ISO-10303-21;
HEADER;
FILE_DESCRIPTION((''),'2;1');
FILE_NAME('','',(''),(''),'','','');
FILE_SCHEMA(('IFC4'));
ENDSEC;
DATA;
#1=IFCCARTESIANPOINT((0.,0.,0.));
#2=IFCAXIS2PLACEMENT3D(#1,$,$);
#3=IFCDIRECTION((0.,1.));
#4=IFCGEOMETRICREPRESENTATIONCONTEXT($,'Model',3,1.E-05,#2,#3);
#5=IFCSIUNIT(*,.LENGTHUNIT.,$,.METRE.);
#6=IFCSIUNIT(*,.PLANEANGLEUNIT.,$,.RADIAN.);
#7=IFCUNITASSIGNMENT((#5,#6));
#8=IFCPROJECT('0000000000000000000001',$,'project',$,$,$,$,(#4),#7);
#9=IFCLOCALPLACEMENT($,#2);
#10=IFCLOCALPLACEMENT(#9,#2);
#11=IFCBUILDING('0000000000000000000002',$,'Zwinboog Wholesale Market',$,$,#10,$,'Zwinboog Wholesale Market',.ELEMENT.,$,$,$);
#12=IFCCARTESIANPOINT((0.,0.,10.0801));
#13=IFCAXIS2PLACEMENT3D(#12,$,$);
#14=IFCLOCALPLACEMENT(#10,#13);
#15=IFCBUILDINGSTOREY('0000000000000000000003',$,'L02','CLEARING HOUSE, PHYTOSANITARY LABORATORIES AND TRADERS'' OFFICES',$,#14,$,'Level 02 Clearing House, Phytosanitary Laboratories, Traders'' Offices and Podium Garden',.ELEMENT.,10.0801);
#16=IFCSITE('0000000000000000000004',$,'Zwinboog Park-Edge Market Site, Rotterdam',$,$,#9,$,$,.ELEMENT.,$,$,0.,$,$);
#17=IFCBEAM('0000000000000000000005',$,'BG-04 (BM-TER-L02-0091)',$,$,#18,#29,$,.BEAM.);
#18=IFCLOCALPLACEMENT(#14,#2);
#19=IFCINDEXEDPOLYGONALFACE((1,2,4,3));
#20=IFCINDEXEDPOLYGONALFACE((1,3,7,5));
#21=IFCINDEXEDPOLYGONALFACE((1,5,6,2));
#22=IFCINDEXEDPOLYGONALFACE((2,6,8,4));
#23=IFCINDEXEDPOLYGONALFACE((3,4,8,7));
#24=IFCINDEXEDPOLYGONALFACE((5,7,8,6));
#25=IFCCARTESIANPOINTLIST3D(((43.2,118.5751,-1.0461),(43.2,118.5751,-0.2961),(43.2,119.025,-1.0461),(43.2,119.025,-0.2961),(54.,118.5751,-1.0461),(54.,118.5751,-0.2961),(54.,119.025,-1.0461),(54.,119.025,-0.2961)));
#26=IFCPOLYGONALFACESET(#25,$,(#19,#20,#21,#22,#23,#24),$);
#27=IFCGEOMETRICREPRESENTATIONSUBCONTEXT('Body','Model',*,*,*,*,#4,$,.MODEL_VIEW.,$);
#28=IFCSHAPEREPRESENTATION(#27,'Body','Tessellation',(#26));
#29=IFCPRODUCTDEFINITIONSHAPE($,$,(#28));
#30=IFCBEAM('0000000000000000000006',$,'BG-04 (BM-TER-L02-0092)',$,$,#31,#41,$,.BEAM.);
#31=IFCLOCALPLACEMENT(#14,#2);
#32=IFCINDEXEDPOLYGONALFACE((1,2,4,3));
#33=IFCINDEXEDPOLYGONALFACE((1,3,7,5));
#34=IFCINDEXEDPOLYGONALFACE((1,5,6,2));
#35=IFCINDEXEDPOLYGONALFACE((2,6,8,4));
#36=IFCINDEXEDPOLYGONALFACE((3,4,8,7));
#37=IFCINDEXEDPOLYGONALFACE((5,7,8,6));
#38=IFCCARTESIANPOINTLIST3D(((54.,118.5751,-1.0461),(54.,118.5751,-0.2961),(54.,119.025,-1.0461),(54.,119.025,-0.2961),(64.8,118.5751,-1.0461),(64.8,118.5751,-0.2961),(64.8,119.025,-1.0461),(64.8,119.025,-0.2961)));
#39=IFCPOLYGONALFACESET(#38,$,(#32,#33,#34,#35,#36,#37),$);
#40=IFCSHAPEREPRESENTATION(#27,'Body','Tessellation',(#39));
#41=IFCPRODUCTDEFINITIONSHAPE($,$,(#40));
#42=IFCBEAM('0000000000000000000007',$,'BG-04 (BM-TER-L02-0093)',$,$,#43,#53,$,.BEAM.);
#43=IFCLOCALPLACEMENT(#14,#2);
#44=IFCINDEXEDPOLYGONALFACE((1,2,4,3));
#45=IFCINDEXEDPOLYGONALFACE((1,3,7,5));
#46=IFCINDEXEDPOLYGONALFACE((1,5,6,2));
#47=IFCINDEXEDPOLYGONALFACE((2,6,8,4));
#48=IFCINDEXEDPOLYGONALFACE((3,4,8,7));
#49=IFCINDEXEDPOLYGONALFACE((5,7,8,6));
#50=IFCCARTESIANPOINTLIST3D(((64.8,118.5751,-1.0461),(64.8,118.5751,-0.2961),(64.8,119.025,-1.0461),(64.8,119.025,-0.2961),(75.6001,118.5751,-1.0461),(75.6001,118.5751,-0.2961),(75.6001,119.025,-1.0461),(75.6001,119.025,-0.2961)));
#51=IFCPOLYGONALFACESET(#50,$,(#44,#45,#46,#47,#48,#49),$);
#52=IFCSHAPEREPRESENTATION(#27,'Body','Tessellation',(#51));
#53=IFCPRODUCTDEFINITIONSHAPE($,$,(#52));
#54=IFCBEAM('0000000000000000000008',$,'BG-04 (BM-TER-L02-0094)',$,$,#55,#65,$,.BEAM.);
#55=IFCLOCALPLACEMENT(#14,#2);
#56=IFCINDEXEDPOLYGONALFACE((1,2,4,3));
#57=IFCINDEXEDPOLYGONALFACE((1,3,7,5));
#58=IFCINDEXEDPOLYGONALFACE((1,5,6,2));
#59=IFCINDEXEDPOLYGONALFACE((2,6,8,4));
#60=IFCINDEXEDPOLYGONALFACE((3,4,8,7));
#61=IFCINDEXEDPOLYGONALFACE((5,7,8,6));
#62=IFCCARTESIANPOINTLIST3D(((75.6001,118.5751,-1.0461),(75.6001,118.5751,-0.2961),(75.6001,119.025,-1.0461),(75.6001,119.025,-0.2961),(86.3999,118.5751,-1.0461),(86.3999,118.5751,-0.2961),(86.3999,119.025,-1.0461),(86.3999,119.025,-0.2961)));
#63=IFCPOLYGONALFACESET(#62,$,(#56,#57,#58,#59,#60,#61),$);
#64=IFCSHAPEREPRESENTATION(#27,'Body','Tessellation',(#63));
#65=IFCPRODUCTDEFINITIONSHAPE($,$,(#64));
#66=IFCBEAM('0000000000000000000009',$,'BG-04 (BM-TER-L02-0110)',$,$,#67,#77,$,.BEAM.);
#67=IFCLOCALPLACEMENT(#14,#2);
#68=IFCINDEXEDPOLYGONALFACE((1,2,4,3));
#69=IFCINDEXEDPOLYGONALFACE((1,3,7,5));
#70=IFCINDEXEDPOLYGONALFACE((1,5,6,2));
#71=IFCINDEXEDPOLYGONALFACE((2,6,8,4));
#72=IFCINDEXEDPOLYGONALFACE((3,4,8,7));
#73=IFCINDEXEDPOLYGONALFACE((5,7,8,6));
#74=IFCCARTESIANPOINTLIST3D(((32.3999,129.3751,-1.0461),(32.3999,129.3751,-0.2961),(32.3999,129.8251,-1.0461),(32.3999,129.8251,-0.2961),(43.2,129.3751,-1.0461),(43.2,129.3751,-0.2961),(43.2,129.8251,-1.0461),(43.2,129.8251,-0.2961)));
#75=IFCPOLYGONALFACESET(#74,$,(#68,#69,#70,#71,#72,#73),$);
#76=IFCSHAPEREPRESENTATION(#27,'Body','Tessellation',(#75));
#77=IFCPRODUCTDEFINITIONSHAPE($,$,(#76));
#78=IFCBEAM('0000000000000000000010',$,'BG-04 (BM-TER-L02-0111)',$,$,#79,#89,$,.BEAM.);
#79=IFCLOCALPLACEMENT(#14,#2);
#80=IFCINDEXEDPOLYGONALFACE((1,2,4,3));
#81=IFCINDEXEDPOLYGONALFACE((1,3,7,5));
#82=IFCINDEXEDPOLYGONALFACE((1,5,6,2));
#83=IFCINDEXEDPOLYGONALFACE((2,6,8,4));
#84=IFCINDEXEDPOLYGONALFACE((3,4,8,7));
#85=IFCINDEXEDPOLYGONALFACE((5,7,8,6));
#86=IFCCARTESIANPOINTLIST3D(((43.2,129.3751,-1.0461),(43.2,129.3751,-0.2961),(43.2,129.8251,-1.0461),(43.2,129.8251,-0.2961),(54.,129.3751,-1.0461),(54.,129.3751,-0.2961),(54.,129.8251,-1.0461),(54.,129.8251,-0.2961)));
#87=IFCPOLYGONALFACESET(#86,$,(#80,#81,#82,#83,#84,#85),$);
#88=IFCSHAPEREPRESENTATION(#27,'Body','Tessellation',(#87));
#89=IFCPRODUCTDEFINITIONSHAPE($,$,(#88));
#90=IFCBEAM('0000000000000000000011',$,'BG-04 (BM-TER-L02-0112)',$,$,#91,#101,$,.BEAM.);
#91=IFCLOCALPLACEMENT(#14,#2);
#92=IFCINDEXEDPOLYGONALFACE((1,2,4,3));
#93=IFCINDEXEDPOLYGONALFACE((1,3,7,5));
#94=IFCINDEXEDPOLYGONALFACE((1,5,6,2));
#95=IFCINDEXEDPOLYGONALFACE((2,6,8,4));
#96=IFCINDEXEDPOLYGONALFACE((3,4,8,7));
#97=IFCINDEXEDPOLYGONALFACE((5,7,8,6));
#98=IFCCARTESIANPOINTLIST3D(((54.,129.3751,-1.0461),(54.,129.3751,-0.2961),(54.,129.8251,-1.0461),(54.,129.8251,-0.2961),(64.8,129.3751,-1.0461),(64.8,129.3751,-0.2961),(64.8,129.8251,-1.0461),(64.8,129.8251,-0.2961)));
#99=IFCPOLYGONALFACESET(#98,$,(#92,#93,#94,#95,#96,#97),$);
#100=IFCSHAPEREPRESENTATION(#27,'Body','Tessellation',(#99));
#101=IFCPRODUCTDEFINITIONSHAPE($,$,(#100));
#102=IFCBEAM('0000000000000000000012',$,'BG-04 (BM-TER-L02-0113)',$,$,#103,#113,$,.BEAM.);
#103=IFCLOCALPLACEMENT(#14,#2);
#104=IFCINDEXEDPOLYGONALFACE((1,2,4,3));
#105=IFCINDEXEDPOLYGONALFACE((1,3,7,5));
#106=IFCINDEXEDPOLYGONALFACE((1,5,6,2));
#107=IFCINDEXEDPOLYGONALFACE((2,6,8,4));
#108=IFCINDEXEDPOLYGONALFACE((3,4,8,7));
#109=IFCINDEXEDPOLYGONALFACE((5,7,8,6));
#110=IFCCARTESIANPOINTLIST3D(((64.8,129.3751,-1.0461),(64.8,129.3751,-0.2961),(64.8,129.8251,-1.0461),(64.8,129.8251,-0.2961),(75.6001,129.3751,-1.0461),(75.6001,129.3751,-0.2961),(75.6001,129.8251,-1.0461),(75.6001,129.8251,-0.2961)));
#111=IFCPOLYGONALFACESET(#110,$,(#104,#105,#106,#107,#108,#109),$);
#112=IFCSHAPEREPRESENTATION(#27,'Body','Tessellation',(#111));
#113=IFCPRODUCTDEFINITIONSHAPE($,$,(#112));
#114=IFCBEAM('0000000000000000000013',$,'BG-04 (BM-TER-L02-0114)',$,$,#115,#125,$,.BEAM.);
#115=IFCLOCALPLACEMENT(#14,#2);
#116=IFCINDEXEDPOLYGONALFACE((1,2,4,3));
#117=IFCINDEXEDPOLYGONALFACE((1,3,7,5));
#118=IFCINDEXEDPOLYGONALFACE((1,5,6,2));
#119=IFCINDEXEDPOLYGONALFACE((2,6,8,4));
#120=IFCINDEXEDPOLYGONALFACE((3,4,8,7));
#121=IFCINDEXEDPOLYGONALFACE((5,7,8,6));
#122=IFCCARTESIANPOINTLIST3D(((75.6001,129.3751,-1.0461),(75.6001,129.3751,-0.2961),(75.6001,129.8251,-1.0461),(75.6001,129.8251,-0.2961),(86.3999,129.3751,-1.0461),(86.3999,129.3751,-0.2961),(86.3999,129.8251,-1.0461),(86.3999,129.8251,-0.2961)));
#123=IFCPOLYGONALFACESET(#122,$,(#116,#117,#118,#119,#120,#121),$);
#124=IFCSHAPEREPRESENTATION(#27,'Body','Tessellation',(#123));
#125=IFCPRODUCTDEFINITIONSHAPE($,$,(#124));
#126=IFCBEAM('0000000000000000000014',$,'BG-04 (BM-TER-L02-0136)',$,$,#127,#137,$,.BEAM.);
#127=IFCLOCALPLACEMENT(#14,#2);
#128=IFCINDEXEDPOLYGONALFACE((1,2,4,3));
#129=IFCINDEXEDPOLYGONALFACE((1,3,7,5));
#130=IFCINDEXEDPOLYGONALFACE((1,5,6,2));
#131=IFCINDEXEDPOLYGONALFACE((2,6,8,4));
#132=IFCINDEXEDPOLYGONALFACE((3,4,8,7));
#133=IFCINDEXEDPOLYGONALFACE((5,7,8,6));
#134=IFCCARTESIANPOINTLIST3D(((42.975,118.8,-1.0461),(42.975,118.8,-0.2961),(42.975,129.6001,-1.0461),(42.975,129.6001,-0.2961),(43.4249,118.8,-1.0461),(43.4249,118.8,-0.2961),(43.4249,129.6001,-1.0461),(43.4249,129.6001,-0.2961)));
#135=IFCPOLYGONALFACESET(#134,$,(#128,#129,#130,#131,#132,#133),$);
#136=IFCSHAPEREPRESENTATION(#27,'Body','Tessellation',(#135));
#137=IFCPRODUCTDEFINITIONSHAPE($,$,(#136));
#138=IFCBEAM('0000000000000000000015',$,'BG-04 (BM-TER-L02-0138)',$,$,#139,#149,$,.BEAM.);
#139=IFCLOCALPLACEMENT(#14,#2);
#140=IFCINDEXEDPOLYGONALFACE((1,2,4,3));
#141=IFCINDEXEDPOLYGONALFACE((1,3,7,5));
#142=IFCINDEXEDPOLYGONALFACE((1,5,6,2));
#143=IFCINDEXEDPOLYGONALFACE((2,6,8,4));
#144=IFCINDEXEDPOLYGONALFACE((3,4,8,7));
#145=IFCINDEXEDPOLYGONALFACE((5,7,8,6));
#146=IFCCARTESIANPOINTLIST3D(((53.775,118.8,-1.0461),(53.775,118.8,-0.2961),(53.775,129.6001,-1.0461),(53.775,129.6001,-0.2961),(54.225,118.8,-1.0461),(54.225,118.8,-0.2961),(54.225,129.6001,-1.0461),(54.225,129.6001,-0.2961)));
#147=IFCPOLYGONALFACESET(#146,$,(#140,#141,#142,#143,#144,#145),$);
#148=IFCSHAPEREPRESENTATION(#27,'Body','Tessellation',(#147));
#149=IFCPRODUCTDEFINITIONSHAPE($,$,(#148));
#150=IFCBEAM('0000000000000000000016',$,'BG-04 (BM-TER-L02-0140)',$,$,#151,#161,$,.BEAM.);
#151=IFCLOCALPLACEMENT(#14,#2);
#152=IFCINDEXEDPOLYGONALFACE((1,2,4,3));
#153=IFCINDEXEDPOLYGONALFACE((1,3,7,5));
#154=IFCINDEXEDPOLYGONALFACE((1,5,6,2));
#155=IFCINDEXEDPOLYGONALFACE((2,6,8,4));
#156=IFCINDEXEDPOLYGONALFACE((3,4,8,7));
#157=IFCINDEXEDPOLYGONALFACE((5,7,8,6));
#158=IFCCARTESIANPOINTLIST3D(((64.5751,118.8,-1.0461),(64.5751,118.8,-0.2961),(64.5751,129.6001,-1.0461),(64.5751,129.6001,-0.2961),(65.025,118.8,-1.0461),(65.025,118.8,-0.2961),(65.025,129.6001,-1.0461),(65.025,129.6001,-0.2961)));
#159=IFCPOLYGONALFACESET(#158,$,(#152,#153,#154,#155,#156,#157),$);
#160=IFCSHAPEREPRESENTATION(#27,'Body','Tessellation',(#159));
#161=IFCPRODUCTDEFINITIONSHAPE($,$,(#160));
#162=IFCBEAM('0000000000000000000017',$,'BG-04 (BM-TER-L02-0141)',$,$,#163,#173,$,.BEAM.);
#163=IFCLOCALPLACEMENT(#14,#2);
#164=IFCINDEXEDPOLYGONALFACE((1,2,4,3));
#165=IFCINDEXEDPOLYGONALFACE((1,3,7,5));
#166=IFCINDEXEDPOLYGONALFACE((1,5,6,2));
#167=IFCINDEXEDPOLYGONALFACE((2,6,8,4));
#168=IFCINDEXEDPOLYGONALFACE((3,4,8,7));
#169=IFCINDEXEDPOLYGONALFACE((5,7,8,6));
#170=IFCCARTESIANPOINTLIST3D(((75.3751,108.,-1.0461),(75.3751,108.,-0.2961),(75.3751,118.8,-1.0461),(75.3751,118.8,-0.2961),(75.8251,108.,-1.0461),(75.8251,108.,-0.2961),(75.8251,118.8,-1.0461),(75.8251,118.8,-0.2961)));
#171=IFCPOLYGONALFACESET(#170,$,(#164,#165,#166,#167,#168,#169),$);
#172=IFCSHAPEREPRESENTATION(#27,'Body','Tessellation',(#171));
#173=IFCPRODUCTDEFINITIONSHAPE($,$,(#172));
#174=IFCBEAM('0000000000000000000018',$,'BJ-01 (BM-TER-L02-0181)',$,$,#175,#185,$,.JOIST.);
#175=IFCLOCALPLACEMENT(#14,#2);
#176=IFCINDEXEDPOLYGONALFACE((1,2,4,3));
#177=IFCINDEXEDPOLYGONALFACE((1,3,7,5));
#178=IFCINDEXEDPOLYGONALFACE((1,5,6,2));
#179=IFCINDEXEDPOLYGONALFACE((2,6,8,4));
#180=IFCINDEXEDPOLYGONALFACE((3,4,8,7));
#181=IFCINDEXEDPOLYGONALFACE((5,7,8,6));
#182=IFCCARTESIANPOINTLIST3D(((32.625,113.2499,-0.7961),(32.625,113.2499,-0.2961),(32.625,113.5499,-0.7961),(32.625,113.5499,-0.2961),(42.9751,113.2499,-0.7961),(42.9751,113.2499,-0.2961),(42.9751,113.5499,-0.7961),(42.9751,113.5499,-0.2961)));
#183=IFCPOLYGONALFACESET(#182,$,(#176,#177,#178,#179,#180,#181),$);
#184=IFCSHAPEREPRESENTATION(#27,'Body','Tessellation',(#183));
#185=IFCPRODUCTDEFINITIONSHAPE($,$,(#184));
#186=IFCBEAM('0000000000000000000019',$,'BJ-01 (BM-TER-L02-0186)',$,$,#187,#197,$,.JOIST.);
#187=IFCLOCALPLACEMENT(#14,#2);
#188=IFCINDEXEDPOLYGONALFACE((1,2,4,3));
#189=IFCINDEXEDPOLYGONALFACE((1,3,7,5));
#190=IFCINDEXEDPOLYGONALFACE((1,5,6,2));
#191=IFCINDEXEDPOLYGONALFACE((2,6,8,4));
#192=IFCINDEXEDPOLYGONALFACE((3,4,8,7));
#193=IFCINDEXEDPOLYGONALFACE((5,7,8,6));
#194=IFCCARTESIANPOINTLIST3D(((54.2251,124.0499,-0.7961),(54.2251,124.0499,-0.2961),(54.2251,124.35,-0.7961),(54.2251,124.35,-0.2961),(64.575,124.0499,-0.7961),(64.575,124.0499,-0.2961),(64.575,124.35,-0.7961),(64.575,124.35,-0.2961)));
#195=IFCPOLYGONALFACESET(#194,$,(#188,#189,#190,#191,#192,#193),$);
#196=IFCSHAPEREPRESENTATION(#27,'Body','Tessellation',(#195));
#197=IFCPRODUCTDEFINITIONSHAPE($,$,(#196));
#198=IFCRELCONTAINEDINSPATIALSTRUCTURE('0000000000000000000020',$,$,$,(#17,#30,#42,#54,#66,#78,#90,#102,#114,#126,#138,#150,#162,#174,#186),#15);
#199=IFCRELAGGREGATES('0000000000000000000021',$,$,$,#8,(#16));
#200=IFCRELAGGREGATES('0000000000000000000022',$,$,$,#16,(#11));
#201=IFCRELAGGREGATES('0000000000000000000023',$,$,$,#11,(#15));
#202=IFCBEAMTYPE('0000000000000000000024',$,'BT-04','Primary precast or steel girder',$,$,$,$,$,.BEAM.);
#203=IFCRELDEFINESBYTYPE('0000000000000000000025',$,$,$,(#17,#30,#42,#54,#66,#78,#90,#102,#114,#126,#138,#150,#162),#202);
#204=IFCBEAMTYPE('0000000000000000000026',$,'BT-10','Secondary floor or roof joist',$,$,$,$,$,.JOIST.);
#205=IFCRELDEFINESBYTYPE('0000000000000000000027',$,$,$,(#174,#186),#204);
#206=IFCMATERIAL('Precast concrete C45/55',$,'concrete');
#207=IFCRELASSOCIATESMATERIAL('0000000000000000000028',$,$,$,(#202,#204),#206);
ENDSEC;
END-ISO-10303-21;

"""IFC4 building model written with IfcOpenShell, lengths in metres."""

from ifc_helpers import new_model, si_unit, direction, frame, origin, origin_2d, place, context, subcontext, project, spatial, rectangle, extrude, material, material_profile, profile_set, type_object, element, save


model = new_model("IFC4")

# Units and contexts
model_context = context("Model", 3, precision=1e-05, world=origin(), true_north=direction((0.0, 1.0)))
body_context = subcontext(model_context, "Body", "Model", "MODEL_VIEW")
ifc_project = project(units=[si_unit("LENGTHUNIT", "METRE"), si_unit("PLANEANGLEUNIT", "RADIAN")], contexts=[model_context])

# Site, building, storey
site_placement = place(None, origin())
site = spatial("IfcSite", under=ifc_project, at=site_placement, Name="Zwinboog Park-Edge Market Site, Rotterdam", CompositionType="ELEMENT", RefElevation=0.0)
building_placement = place(site_placement, origin())
building = spatial("IfcBuilding", under=site, at=building_placement, Name="Zwinboog Wholesale Market", LongName="Zwinboog Wholesale Market", CompositionType="ELEMENT")
storey_placement = place(building_placement, frame((0.0, 0.0, 10.0801)))
storey = spatial("IfcBuildingStorey", under=building, at=storey_placement, Name="L02", Description="CLEARING HOUSE, PHYTOSANITARY LABORATORIES AND TRADERS' OFFICES", LongName="Level 02 Clearing House, Phytosanitary Laboratories, Traders' Offices and Podium Garden", CompositionType="ELEMENT", Elevation=10.0801)

# Beams
ifc_material_1 = material(Name="Precast concrete C45/55", Category="concrete")
ifc_material_profile_1 = material_profile(ifc_material_1, rectangle(XDim=0.45, YDim=0.75, at=origin_2d()), Name="PC 450x750")
ifc_profile_set_1 = profile_set([ifc_material_profile_1], Name="Precast concrete C45/55")
beam_type_1 = type_object("IfcBeamType", Name="BT-04", Description="Primary precast or steel girder", PredefinedType="BEAM", material=ifc_profile_set_1)
for number, where, z_axis, x_axis, name in (
    (1, (43.2, 118.8, -0.6711), (1.0, 0.0, 0.0), (0.0, 1.0, 0.0), "BG-04 (BM-TER-L02-0091)"),
    (2, (54.0, 118.8, -0.6711), (1.0, 0.0, 0.0), (0.0, 1.0, 0.0), "BG-04 (BM-TER-L02-0092)"),
    (3, (64.8, 118.8, -0.6711), (1.0, 0.0, 0.0), (0.0, 1.0, 0.0), "BG-04 (BM-TER-L02-0093)"),
):
    element("IfcBeam", number, at=place(storey_placement, frame(where, z_axis=z_axis, x_axis=x_axis)), inside=storey, type_object=beam_type_1, Name=name, PredefinedType="BEAM", context=body_context, shape_type="SweptSolid", body=[
        extrude(rectangle(XDim=0.45, YDim=0.75, at=origin_2d()), origin(), (0.0, 0.0, 1.0), 10.8),
    ])
beam_1_placement = place(storey_placement, frame((75.6001, 118.8, -0.6711), z_axis=(1.0, 0.0, 0.0), x_axis=(0.0, 1.0, 0.0)))
element("IfcBeam", 4, at=beam_1_placement, inside=storey, type_object=beam_type_1, Name="BG-04 (BM-TER-L02-0094)", PredefinedType="BEAM", context=body_context, shape_type="SweptSolid", body=[
    extrude(rectangle(XDim=0.45, YDim=0.75, at=origin_2d()), origin(), (0.0, 0.0, 1.0), 10.7998),
])
for number, where, z_axis, x_axis, name in (
    (5, (32.3999, 129.6001, -0.6711), (1.0, 0.0, 0.0), (0.0, 1.0, 0.0), "BG-04 (BM-TER-L02-0110)"),
    (6, (43.2, 129.6001, -0.6711), (1.0, 0.0, 0.0), (0.0, 1.0, 0.0), "BG-04 (BM-TER-L02-0111)"),
    (7, (54.0, 129.6001, -0.6711), (1.0, 0.0, 0.0), (0.0, 1.0, 0.0), "BG-04 (BM-TER-L02-0112)"),
    (8, (64.8, 129.6001, -0.6711), (1.0, 0.0, 0.0), (0.0, 1.0, 0.0), "BG-04 (BM-TER-L02-0113)"),
):
    element("IfcBeam", number, at=place(storey_placement, frame(where, z_axis=z_axis, x_axis=x_axis)), inside=storey, type_object=beam_type_1, Name=name, PredefinedType="BEAM", context=body_context, shape_type="SweptSolid", body=[
        extrude(rectangle(XDim=0.45, YDim=0.75, at=origin_2d()), origin(), (0.0, 0.0, 1.0), 10.8),
    ])
beam_2_placement = place(storey_placement, frame((75.6001, 129.6001, -0.6711), z_axis=(1.0, 0.0, 0.0), x_axis=(0.0, 1.0, 0.0)))
element("IfcBeam", 9, at=beam_2_placement, inside=storey, type_object=beam_type_1, Name="BG-04 (BM-TER-L02-0114)", PredefinedType="BEAM", context=body_context, shape_type="SweptSolid", body=[
    extrude(rectangle(XDim=0.45, YDim=0.75, at=origin_2d()), origin(), (0.0, 0.0, 1.0), 10.7998),
])
for number, where, z_axis, x_axis, name in (
    (10, (43.2, 118.8, -0.6711), (0.0, 1.0, 0.0), (-1.0, 0.0, 0.0), "BG-04 (BM-TER-L02-0136)"),
    (11, (54.0, 118.8, -0.6711), (0.0, 1.0, 0.0), (-1.0, 0.0, 0.0), "BG-04 (BM-TER-L02-0138)"),
    (12, (64.8, 118.8, -0.6711), (0.0, 1.0, 0.0), (-1.0, 0.0, 0.0), "BG-04 (BM-TER-L02-0140)"),
    (13, (75.6001, 108.0, -0.6711), (0.0, 1.0, 0.0), (-1.0, 0.0, 0.0), "BG-04 (BM-TER-L02-0141)"),
):
    element("IfcBeam", number, at=place(storey_placement, frame(where, z_axis=z_axis, x_axis=x_axis)), inside=storey, type_object=beam_type_1, Name=name, PredefinedType="BEAM", context=body_context, shape_type="SweptSolid", body=[
        extrude(rectangle(XDim=0.45, YDim=0.75, at=origin_2d()), origin(), (0.0, 0.0, 1.0), 10.8),
    ])
ifc_material_profile_2 = material_profile(ifc_material_1, rectangle(XDim=0.3, YDim=0.5, at=origin_2d()), Name="PC 300x500")
ifc_profile_set_2 = profile_set([ifc_material_profile_2], Name="Precast concrete C45/55")
beam_type_2 = type_object("IfcBeamType", Name="BT-10", Description="Secondary floor or roof joist", PredefinedType="JOIST", material=ifc_profile_set_2)
beam_3_placement = place(storey_placement, frame((32.625, 113.3999, -0.5461), z_axis=(1.0, 0.0, 0.0), x_axis=(0.0, 1.0, 0.0)))
element("IfcBeam", 14, at=beam_3_placement, inside=storey, type_object=beam_type_2, Name="BJ-01 (BM-TER-L02-0181)", PredefinedType="JOIST", context=body_context, shape_type="SweptSolid", body=[
    extrude(rectangle(XDim=0.3, YDim=0.5, at=origin_2d()), origin(), (0.0, 0.0, 1.0), 10.3501),
])
beam_4_placement = place(storey_placement, frame((54.2251, 124.2, -0.5461), z_axis=(1.0, 0.0, 0.0), x_axis=(0.0, 1.0, 0.0)))
element("IfcBeam", 15, at=beam_4_placement, inside=storey, type_object=beam_type_2, Name="BJ-01 (BM-TER-L02-0186)", PredefinedType="JOIST", context=body_context, shape_type="SweptSolid", body=[
    extrude(rectangle(XDim=0.3, YDim=0.5, at=origin_2d()), origin(), (0.0, 0.0, 1.0), 10.3499),
])

save(model, "model.ifc")
